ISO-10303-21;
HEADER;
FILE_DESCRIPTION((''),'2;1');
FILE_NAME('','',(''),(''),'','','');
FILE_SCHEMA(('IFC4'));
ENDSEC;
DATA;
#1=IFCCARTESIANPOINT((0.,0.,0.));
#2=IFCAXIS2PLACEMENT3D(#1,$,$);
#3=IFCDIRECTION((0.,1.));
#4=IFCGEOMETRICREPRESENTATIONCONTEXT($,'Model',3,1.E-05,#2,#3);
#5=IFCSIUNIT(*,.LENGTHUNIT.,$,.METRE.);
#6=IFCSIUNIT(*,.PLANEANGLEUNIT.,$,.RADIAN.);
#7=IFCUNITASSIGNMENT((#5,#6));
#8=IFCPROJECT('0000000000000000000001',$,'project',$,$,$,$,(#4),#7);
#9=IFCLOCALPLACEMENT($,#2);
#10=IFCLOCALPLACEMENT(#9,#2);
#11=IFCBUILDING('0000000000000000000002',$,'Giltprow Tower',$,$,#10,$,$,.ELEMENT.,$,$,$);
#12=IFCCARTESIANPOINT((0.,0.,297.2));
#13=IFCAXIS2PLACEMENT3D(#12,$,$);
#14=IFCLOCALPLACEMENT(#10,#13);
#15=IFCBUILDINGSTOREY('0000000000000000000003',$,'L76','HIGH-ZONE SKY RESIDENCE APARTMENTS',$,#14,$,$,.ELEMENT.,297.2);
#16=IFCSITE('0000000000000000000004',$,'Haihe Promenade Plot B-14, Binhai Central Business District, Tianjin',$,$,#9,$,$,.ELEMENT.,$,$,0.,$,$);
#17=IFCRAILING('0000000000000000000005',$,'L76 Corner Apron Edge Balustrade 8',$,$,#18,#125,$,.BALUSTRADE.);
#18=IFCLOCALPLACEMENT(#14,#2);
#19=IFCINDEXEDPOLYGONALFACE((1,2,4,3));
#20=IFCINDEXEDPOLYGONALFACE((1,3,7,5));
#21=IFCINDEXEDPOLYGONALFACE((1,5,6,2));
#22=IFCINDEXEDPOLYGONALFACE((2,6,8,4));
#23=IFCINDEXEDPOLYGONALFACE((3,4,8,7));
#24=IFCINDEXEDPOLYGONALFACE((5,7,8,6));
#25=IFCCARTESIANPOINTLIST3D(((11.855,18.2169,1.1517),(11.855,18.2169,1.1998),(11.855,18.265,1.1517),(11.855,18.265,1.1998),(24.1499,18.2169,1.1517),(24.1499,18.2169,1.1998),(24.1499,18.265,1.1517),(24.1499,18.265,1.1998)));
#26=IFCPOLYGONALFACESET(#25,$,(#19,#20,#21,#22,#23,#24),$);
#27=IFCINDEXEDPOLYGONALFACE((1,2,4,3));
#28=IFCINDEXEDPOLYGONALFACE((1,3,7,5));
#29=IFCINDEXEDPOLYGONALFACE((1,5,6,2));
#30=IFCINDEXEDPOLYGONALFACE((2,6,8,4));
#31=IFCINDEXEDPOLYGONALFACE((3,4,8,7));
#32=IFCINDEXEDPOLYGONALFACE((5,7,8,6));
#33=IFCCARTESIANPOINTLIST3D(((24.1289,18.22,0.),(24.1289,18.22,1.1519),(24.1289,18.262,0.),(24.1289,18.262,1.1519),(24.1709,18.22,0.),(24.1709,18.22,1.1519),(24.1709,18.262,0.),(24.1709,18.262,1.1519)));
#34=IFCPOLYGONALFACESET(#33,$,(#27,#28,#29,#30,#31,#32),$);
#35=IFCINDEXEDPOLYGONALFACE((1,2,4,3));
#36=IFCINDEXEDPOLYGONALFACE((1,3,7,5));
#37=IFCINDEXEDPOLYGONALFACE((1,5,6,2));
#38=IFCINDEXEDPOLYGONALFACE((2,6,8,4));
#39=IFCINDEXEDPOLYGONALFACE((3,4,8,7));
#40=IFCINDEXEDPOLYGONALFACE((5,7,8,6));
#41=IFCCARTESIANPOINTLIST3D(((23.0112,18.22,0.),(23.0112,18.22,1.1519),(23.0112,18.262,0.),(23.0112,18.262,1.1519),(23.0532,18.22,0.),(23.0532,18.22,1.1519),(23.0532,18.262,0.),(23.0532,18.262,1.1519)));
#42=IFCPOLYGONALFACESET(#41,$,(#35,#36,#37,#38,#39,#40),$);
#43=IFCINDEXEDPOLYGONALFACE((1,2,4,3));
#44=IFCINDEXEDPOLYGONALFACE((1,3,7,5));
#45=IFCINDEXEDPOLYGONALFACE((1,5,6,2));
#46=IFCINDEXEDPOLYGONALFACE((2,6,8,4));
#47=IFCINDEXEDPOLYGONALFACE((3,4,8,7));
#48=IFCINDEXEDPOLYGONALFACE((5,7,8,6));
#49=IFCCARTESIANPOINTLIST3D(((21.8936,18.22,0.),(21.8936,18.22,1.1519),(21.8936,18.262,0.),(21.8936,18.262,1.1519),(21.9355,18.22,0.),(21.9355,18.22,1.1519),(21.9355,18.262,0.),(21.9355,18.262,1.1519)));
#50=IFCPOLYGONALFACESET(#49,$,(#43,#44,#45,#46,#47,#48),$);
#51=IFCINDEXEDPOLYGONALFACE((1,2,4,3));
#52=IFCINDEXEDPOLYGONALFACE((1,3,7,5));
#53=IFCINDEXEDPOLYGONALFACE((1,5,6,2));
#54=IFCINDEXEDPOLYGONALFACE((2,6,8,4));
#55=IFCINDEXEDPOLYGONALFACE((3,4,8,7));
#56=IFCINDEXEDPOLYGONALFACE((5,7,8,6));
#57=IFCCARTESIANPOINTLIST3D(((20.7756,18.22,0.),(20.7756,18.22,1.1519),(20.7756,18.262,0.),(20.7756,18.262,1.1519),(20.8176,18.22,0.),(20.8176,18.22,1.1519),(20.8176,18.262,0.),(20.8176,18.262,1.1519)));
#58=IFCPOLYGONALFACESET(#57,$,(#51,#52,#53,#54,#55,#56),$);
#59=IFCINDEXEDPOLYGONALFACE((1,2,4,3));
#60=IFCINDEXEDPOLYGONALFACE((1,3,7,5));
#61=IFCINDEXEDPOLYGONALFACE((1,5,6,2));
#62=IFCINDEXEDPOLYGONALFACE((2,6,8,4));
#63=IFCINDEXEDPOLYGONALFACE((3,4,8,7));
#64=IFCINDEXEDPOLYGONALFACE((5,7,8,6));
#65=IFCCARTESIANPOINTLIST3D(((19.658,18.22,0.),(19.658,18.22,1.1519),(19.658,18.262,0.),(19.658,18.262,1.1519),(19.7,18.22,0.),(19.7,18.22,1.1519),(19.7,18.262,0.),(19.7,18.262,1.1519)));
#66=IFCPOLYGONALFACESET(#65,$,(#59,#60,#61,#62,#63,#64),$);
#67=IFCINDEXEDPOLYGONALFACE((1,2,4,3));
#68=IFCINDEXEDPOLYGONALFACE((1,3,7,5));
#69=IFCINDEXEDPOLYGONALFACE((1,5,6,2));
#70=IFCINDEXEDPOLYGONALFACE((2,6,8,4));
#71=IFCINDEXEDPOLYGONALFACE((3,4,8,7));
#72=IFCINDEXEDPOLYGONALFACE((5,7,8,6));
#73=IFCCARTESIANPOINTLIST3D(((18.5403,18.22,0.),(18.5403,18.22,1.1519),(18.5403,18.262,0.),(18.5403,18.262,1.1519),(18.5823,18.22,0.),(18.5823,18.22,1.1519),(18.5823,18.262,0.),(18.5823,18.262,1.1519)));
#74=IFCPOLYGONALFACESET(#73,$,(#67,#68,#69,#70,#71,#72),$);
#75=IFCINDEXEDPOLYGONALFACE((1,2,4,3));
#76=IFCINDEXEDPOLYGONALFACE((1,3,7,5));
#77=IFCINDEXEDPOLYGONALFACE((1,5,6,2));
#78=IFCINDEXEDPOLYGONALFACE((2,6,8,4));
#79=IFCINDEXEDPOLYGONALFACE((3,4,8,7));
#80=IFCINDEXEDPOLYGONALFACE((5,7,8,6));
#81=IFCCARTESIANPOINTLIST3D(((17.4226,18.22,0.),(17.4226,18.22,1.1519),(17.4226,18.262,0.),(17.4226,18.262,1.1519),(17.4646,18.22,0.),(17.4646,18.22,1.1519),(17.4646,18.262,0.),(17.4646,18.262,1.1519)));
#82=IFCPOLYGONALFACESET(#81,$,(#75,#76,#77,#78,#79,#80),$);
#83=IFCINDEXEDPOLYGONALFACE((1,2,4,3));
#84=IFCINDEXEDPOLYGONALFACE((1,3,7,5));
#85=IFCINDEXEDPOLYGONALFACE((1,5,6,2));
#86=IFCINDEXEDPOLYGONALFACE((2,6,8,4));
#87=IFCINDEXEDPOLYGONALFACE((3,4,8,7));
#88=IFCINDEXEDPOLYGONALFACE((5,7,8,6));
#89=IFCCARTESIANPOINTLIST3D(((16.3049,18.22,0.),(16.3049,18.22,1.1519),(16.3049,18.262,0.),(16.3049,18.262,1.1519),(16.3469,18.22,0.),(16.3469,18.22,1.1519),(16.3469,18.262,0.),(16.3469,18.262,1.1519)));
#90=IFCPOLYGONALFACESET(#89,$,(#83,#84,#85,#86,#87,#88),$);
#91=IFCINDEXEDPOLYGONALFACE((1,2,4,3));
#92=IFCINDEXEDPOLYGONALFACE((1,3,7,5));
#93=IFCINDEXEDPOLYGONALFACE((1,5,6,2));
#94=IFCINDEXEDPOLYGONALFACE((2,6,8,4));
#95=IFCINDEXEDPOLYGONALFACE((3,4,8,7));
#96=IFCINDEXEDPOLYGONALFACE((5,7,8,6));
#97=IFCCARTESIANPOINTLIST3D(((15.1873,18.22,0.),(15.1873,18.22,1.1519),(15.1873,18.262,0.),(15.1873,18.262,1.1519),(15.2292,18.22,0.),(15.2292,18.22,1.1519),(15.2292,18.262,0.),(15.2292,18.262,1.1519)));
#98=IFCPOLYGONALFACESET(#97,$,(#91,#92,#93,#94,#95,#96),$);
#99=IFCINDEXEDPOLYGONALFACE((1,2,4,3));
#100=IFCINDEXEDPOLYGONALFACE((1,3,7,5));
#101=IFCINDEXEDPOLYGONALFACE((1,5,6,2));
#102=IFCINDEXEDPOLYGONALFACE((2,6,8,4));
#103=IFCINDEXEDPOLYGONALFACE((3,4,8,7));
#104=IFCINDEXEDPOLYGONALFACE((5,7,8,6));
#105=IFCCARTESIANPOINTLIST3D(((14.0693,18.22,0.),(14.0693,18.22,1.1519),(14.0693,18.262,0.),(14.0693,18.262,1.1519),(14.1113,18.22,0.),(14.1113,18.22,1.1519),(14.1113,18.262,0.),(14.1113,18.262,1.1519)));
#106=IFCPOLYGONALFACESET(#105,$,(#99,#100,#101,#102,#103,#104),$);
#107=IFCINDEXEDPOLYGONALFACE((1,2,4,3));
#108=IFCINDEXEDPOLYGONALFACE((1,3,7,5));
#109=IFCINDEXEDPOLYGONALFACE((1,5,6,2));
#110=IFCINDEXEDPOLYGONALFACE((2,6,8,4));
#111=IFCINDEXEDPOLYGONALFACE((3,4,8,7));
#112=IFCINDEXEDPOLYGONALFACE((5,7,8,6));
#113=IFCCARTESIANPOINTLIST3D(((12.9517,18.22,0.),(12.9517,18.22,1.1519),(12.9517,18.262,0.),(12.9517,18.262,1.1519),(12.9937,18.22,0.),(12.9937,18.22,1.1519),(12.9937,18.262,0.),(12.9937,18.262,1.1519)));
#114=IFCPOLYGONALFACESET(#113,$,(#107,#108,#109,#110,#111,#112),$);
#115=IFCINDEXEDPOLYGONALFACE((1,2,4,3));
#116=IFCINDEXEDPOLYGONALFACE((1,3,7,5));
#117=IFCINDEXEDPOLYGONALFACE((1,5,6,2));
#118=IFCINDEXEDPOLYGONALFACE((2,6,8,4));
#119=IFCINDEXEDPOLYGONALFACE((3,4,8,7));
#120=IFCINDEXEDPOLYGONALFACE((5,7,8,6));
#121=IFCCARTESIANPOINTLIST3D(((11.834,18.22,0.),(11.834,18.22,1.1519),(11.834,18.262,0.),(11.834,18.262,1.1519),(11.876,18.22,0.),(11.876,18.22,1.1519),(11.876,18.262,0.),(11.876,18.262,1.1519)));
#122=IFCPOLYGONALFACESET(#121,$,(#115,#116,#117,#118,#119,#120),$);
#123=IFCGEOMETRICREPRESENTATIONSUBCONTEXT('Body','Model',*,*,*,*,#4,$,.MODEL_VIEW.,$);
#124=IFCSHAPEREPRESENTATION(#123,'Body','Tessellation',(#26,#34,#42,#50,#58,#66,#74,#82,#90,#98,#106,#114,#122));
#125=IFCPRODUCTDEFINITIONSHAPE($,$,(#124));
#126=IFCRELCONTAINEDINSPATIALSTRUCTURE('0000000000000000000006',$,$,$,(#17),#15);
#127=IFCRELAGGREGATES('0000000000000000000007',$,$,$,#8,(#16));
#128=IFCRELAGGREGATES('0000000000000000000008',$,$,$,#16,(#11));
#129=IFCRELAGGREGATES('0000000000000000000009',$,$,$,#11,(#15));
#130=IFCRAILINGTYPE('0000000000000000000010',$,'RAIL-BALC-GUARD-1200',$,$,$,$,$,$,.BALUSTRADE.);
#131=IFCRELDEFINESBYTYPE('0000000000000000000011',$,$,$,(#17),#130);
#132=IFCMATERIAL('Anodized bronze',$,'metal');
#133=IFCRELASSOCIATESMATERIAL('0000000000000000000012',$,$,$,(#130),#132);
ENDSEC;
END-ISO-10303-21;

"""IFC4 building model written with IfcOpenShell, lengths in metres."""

from ifc_helpers import new_model, si_unit, direction, frame, origin, origin_2d, place, context, subcontext, project, spatial, rectangle, extrude, material, type_object, element, save


model = new_model("IFC4")

# Units and contexts
model_context = context("Model", 3, precision=1e-05, world=origin(), true_north=direction((0.0, 1.0)))
body_context = subcontext(model_context, "Body", "Model", "MODEL_VIEW")
ifc_project = project(units=[si_unit("LENGTHUNIT", "METRE"), si_unit("PLANEANGLEUNIT", "RADIAN")], contexts=[model_context])

# Site, building, storey
site_placement = place(None, origin())
site = spatial("IfcSite", under=ifc_project, at=site_placement, Name="Haihe Promenade Plot B-14, Binhai Central Business District, Tianjin", CompositionType="ELEMENT", RefElevation=0.0)
building_placement = place(site_placement, origin())
building = spatial("IfcBuilding", under=site, at=building_placement, Name="Giltprow Tower", CompositionType="ELEMENT")
storey_placement = place(building_placement, frame((0.0, 0.0, 297.2)))
storey = spatial("IfcBuildingStorey", under=building, at=storey_placement, Name="L76", Description="HIGH-ZONE SKY RESIDENCE APARTMENTS", CompositionType="ELEMENT", Elevation=297.2)

# Railing
ifc_material_1 = material(Name="Anodized bronze", Category="metal")
railing_type = type_object("IfcRailingType", Name="RAIL-BALC-GUARD-1200", PredefinedType="BALUSTRADE", material=ifc_material_1)
railing_1_placement = place(storey_placement, frame((24.1499, 18.241, 0.0)))
element("IfcRailing", 1, at=railing_1_placement, inside=storey, type_object=railing_type, Name="L76 Corner Apron Edge Balustrade 8", PredefinedType="BALUSTRADE", context=body_context, shape_type="SweptSolid", body=[
    extrude(rectangle(XDim=0.0481, YDim=0.0481, at=origin_2d()), frame((0.0, 0.0, 1.1758), z_axis=(-1.0, 0.0, 0.0), x_axis=(0.0, -1.0, 0.0)), (0.0, 0.0, 1.0), 12.2949),
    extrude(rectangle(XDim=0.042, YDim=0.042, at=origin_2d()), origin(), (0.0, 0.0, 1.0), 1.1519),
    extrude(rectangle(XDim=0.042, YDim=0.042, at=origin_2d()), frame((-1.1177, 0.0, 0.0)), (0.0, 0.0, 1.0), 1.1519),
    extrude(rectangle(XDim=0.042, YDim=0.042, at=origin_2d()), frame((-2.2354, 0.0, 0.0)), (0.0, 0.0, 1.0), 1.1519),
    extrude(rectangle(XDim=0.042, YDim=0.042, at=origin_2d()), frame((-3.3533, 0.0, 0.0)), (0.0, 0.0, 1.0), 1.1519),
    extrude(rectangle(XDim=0.042, YDim=0.042, at=origin_2d()), frame((-4.4709, 0.0, 0.0)), (0.0, 0.0, 1.0), 1.1519),
    extrude(rectangle(XDim=0.042, YDim=0.042, at=origin_2d()), frame((-5.5886, 0.0, 0.0)), (0.0, 0.0, 1.0), 1.1519),
    extrude(rectangle(XDim=0.042, YDim=0.042, at=origin_2d()), frame((-6.7063, 0.0, 0.0)), (0.0, 0.0, 1.0), 1.1519),
    extrude(rectangle(XDim=0.042, YDim=0.042, at=origin_2d()), frame((-7.824, 0.0, 0.0)), (0.0, 0.0, 1.0), 1.1519),
    extrude(rectangle(XDim=0.042, YDim=0.042, at=origin_2d()), frame((-8.9417, 0.0, 0.0)), (0.0, 0.0, 1.0), 1.1519),
    extrude(rectangle(XDim=0.042, YDim=0.042, at=origin_2d()), frame((-10.0596, 0.0, 0.0)), (0.0, 0.0, 1.0), 1.1519),
    extrude(rectangle(XDim=0.042, YDim=0.042, at=origin_2d()), frame((-11.1772, 0.0, 0.0)), (0.0, 0.0, 1.0), 1.1519),
    extrude(rectangle(XDim=0.042, YDim=0.042, at=origin_2d()), frame((-12.2949, 0.0, 0.0)), (0.0, 0.0, 1.0), 1.1519),
])

save(model, "model.ifc")
